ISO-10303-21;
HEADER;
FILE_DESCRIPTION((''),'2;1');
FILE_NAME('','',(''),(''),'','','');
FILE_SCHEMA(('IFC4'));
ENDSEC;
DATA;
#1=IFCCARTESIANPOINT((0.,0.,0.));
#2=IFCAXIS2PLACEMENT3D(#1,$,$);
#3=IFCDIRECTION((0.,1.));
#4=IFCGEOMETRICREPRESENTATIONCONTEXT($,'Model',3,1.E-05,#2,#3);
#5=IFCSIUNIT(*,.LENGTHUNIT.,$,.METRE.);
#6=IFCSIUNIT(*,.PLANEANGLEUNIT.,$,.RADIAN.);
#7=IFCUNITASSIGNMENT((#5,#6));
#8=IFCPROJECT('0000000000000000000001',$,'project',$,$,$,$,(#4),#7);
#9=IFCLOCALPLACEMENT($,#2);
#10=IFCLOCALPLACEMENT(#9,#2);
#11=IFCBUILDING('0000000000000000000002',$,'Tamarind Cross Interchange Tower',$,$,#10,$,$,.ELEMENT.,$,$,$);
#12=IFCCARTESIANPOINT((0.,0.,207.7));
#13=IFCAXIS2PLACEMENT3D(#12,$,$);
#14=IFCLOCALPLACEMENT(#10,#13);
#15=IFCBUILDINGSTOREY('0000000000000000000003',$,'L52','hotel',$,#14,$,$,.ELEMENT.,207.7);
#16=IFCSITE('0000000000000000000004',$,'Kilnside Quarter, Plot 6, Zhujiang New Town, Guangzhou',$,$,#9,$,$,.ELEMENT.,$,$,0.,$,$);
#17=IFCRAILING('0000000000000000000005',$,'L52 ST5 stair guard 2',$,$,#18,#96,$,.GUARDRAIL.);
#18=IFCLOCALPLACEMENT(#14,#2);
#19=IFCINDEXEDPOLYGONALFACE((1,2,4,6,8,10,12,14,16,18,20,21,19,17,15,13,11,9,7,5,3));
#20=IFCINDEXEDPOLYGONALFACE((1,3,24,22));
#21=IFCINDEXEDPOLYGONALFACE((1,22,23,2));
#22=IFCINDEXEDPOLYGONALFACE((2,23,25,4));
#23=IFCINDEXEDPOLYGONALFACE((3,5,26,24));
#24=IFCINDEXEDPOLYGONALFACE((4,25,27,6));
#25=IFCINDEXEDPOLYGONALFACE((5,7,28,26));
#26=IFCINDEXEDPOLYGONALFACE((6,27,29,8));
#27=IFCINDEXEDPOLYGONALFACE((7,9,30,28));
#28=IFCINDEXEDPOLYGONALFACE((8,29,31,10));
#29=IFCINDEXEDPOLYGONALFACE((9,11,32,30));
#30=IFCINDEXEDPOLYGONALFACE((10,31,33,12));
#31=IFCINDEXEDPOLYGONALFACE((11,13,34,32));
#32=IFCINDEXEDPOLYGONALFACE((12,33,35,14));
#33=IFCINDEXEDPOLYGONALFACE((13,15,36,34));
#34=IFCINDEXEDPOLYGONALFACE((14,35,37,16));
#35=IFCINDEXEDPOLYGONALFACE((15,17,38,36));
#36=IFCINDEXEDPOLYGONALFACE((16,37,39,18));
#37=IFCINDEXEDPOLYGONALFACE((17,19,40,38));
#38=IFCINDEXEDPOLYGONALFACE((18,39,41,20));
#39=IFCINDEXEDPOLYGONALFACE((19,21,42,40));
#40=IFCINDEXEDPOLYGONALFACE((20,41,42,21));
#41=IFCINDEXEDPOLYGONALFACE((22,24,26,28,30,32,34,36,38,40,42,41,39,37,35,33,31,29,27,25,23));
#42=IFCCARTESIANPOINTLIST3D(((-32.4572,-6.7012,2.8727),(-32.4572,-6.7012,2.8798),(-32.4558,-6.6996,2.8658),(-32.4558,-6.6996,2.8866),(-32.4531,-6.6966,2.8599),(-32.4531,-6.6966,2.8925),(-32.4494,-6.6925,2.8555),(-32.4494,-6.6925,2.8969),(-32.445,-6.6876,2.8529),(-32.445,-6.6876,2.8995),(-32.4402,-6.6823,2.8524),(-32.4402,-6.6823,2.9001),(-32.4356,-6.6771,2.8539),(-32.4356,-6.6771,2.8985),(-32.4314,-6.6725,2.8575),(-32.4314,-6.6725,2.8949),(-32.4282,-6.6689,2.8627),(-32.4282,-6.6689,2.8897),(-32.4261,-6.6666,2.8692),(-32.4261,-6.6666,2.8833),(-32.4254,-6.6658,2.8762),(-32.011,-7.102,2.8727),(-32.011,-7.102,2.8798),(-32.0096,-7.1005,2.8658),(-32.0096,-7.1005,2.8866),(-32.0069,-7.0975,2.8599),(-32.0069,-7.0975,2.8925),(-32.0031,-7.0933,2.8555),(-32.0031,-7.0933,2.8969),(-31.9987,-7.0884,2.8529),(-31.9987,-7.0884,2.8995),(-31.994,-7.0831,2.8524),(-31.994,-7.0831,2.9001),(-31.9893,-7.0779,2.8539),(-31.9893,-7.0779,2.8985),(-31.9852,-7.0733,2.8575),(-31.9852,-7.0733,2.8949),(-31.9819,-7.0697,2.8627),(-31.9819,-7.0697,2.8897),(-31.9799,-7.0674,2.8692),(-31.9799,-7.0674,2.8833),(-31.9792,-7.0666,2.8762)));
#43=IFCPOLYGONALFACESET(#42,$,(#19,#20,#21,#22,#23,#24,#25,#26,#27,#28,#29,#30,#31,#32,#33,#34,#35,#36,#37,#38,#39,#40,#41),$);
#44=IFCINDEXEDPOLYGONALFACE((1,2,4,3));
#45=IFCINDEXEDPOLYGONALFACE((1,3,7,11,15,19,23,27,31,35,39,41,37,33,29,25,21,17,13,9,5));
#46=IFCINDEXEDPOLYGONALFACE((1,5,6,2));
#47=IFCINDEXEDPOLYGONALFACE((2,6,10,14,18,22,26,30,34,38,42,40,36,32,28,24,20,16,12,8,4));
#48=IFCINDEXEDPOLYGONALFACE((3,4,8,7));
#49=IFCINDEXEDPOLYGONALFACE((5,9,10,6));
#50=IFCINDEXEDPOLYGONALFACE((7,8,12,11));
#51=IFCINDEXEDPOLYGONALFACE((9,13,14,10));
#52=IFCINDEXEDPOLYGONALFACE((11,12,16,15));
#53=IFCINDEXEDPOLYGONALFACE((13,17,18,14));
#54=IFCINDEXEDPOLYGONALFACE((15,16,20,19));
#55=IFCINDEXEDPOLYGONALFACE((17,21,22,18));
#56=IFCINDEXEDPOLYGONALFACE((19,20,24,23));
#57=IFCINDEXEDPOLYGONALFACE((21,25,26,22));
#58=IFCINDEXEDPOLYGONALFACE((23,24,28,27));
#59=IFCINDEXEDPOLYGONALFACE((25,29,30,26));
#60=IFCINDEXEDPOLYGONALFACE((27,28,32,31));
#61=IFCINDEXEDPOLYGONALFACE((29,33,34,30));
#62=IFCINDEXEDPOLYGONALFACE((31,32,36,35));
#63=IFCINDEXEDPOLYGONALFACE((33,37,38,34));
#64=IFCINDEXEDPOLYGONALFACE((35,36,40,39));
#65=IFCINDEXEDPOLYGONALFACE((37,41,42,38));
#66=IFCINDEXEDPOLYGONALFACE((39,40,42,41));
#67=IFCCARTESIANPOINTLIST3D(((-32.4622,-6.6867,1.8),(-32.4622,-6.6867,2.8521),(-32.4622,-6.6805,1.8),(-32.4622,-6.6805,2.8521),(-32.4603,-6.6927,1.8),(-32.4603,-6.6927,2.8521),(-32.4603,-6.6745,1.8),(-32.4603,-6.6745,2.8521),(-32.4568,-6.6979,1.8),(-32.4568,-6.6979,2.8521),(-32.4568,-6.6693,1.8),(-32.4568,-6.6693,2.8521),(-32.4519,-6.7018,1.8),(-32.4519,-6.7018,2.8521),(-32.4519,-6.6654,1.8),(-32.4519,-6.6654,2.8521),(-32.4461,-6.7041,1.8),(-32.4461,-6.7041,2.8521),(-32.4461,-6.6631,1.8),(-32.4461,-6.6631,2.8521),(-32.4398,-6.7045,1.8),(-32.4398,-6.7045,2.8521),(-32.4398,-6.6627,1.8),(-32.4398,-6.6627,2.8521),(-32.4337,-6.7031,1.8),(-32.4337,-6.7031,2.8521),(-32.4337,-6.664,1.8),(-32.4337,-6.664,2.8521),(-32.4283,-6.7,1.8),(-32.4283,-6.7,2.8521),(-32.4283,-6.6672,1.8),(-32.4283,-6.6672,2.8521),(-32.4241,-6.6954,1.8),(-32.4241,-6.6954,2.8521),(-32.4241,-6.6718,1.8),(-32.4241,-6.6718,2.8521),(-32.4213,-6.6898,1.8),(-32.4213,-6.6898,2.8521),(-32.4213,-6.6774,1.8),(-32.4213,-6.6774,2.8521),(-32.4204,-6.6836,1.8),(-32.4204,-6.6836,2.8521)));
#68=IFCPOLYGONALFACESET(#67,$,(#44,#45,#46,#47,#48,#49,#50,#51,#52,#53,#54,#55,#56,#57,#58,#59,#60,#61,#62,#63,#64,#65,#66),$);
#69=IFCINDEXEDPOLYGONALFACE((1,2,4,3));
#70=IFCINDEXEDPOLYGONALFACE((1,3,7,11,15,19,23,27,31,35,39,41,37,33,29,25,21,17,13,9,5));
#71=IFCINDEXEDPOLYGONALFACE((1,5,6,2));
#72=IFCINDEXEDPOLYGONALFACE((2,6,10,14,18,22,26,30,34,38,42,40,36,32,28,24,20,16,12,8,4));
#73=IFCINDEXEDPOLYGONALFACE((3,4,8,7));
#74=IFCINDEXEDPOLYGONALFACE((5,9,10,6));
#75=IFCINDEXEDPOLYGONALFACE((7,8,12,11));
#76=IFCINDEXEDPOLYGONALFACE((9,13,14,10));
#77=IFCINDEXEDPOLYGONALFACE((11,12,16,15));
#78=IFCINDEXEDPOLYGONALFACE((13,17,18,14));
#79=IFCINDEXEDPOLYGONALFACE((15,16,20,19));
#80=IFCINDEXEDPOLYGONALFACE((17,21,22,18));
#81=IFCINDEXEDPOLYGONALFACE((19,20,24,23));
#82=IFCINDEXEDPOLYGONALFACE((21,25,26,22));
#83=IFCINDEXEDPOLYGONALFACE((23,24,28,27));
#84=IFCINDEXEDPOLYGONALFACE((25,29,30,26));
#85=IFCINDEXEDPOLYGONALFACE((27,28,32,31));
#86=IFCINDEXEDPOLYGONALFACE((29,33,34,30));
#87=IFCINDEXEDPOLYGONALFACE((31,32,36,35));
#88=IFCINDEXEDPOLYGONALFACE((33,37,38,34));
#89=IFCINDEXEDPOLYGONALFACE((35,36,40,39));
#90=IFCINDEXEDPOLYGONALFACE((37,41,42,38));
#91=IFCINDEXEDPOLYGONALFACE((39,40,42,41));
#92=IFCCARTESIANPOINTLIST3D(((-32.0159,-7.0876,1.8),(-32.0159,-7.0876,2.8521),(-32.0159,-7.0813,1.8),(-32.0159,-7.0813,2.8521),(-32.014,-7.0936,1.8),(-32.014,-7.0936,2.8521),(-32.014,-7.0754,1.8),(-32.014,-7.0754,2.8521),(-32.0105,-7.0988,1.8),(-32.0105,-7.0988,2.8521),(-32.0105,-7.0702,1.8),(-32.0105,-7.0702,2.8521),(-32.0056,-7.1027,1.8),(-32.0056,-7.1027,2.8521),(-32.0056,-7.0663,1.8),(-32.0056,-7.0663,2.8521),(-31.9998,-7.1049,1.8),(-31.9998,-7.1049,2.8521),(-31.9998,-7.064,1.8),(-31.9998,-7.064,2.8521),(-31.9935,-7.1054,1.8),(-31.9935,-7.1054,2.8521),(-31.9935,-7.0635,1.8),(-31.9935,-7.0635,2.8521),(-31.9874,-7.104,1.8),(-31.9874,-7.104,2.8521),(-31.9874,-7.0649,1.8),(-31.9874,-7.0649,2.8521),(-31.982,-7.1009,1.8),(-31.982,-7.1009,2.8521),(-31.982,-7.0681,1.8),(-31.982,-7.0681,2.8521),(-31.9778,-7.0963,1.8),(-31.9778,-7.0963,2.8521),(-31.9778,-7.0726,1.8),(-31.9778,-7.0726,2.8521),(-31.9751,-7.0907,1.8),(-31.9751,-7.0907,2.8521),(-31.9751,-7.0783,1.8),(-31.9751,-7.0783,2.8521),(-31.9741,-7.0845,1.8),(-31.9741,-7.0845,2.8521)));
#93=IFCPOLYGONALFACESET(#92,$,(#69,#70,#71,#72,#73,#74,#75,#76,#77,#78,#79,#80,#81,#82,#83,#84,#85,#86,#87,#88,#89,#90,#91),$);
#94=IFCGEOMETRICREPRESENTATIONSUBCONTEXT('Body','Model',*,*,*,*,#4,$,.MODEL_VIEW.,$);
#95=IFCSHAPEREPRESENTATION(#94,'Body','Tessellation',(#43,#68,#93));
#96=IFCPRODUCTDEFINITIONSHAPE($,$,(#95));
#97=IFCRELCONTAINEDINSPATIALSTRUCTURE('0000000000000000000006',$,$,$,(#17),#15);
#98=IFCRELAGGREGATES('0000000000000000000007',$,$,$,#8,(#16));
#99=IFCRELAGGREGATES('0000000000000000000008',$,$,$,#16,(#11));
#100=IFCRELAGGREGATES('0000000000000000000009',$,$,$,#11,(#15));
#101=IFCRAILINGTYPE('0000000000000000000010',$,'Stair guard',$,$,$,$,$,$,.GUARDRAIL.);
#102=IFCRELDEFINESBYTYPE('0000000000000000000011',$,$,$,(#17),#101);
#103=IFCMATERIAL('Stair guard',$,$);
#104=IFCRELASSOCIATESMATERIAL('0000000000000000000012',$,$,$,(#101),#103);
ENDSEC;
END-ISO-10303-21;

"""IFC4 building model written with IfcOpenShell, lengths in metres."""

from ifc_helpers import new_model, si_unit, direction, frame, origin, origin_2d, place, context, subcontext, project, spatial, circle, extrude, material, type_object, element, save


model = new_model("IFC4")

# Units and contexts
model_context = context("Model", 3, precision=1e-05, world=origin(), true_north=direction((0.0, 1.0)))
body_context = subcontext(model_context, "Body", "Model", "MODEL_VIEW")
ifc_project = project(units=[si_unit("LENGTHUNIT", "METRE"), si_unit("PLANEANGLEUNIT", "RADIAN")], contexts=[model_context])

# Site, building, storey
site_placement = place(None, origin())
site = spatial("IfcSite", under=ifc_project, at=site_placement, Name="Kilnside Quarter, Plot 6, Zhujiang New Town, Guangzhou", CompositionType="ELEMENT", RefElevation=0.0)
building_placement = place(site_placement, origin())
building = spatial("IfcBuilding", under=site, at=building_placement, Name="Tamarind Cross Interchange Tower", CompositionType="ELEMENT")
storey_placement = place(building_placement, frame((0.0, 0.0, 207.7)))
storey = spatial("IfcBuildingStorey", under=building, at=storey_placement, Name="L52", Description="hotel", CompositionType="ELEMENT", Elevation=207.7)

# Railing
ifc_material_1 = material(Name="Stair guard")
railing_type_1 = type_object("IfcRailingType", Name="Stair guard", PredefinedType="GUARDRAIL", material=ifc_material_1)
railing_1_placement = place(storey_placement, frame((-32.4414, -6.6836, 1.8)))
element("IfcRailing", 1, at=railing_1_placement, inside=storey, type_object=railing_type_1, Name="L52 ST5 stair guard 2", PredefinedType="GUARDRAIL", context=body_context, shape_type="SweptSolid", body=[
    extrude(circle(Radius=0.0239, at=origin_2d()), frame((0.0, 0.0, 1.0762), z_axis=(0.743941, -0.668245, 0.0), x_axis=(0.668245, 0.743941, 0.0)), (0.0, 0.0, 1.0), 0.5999),
    extrude(circle(Radius=0.021, at=origin_2d()), origin(), (0.0, 0.0, 1.0), 1.052),
    extrude(circle(Radius=0.021, at=origin_2d()), frame((0.4463, -0.4009, 0.0)), (0.0, 0.0, 1.0), 1.052),
])

save(model, "model.ifc")
